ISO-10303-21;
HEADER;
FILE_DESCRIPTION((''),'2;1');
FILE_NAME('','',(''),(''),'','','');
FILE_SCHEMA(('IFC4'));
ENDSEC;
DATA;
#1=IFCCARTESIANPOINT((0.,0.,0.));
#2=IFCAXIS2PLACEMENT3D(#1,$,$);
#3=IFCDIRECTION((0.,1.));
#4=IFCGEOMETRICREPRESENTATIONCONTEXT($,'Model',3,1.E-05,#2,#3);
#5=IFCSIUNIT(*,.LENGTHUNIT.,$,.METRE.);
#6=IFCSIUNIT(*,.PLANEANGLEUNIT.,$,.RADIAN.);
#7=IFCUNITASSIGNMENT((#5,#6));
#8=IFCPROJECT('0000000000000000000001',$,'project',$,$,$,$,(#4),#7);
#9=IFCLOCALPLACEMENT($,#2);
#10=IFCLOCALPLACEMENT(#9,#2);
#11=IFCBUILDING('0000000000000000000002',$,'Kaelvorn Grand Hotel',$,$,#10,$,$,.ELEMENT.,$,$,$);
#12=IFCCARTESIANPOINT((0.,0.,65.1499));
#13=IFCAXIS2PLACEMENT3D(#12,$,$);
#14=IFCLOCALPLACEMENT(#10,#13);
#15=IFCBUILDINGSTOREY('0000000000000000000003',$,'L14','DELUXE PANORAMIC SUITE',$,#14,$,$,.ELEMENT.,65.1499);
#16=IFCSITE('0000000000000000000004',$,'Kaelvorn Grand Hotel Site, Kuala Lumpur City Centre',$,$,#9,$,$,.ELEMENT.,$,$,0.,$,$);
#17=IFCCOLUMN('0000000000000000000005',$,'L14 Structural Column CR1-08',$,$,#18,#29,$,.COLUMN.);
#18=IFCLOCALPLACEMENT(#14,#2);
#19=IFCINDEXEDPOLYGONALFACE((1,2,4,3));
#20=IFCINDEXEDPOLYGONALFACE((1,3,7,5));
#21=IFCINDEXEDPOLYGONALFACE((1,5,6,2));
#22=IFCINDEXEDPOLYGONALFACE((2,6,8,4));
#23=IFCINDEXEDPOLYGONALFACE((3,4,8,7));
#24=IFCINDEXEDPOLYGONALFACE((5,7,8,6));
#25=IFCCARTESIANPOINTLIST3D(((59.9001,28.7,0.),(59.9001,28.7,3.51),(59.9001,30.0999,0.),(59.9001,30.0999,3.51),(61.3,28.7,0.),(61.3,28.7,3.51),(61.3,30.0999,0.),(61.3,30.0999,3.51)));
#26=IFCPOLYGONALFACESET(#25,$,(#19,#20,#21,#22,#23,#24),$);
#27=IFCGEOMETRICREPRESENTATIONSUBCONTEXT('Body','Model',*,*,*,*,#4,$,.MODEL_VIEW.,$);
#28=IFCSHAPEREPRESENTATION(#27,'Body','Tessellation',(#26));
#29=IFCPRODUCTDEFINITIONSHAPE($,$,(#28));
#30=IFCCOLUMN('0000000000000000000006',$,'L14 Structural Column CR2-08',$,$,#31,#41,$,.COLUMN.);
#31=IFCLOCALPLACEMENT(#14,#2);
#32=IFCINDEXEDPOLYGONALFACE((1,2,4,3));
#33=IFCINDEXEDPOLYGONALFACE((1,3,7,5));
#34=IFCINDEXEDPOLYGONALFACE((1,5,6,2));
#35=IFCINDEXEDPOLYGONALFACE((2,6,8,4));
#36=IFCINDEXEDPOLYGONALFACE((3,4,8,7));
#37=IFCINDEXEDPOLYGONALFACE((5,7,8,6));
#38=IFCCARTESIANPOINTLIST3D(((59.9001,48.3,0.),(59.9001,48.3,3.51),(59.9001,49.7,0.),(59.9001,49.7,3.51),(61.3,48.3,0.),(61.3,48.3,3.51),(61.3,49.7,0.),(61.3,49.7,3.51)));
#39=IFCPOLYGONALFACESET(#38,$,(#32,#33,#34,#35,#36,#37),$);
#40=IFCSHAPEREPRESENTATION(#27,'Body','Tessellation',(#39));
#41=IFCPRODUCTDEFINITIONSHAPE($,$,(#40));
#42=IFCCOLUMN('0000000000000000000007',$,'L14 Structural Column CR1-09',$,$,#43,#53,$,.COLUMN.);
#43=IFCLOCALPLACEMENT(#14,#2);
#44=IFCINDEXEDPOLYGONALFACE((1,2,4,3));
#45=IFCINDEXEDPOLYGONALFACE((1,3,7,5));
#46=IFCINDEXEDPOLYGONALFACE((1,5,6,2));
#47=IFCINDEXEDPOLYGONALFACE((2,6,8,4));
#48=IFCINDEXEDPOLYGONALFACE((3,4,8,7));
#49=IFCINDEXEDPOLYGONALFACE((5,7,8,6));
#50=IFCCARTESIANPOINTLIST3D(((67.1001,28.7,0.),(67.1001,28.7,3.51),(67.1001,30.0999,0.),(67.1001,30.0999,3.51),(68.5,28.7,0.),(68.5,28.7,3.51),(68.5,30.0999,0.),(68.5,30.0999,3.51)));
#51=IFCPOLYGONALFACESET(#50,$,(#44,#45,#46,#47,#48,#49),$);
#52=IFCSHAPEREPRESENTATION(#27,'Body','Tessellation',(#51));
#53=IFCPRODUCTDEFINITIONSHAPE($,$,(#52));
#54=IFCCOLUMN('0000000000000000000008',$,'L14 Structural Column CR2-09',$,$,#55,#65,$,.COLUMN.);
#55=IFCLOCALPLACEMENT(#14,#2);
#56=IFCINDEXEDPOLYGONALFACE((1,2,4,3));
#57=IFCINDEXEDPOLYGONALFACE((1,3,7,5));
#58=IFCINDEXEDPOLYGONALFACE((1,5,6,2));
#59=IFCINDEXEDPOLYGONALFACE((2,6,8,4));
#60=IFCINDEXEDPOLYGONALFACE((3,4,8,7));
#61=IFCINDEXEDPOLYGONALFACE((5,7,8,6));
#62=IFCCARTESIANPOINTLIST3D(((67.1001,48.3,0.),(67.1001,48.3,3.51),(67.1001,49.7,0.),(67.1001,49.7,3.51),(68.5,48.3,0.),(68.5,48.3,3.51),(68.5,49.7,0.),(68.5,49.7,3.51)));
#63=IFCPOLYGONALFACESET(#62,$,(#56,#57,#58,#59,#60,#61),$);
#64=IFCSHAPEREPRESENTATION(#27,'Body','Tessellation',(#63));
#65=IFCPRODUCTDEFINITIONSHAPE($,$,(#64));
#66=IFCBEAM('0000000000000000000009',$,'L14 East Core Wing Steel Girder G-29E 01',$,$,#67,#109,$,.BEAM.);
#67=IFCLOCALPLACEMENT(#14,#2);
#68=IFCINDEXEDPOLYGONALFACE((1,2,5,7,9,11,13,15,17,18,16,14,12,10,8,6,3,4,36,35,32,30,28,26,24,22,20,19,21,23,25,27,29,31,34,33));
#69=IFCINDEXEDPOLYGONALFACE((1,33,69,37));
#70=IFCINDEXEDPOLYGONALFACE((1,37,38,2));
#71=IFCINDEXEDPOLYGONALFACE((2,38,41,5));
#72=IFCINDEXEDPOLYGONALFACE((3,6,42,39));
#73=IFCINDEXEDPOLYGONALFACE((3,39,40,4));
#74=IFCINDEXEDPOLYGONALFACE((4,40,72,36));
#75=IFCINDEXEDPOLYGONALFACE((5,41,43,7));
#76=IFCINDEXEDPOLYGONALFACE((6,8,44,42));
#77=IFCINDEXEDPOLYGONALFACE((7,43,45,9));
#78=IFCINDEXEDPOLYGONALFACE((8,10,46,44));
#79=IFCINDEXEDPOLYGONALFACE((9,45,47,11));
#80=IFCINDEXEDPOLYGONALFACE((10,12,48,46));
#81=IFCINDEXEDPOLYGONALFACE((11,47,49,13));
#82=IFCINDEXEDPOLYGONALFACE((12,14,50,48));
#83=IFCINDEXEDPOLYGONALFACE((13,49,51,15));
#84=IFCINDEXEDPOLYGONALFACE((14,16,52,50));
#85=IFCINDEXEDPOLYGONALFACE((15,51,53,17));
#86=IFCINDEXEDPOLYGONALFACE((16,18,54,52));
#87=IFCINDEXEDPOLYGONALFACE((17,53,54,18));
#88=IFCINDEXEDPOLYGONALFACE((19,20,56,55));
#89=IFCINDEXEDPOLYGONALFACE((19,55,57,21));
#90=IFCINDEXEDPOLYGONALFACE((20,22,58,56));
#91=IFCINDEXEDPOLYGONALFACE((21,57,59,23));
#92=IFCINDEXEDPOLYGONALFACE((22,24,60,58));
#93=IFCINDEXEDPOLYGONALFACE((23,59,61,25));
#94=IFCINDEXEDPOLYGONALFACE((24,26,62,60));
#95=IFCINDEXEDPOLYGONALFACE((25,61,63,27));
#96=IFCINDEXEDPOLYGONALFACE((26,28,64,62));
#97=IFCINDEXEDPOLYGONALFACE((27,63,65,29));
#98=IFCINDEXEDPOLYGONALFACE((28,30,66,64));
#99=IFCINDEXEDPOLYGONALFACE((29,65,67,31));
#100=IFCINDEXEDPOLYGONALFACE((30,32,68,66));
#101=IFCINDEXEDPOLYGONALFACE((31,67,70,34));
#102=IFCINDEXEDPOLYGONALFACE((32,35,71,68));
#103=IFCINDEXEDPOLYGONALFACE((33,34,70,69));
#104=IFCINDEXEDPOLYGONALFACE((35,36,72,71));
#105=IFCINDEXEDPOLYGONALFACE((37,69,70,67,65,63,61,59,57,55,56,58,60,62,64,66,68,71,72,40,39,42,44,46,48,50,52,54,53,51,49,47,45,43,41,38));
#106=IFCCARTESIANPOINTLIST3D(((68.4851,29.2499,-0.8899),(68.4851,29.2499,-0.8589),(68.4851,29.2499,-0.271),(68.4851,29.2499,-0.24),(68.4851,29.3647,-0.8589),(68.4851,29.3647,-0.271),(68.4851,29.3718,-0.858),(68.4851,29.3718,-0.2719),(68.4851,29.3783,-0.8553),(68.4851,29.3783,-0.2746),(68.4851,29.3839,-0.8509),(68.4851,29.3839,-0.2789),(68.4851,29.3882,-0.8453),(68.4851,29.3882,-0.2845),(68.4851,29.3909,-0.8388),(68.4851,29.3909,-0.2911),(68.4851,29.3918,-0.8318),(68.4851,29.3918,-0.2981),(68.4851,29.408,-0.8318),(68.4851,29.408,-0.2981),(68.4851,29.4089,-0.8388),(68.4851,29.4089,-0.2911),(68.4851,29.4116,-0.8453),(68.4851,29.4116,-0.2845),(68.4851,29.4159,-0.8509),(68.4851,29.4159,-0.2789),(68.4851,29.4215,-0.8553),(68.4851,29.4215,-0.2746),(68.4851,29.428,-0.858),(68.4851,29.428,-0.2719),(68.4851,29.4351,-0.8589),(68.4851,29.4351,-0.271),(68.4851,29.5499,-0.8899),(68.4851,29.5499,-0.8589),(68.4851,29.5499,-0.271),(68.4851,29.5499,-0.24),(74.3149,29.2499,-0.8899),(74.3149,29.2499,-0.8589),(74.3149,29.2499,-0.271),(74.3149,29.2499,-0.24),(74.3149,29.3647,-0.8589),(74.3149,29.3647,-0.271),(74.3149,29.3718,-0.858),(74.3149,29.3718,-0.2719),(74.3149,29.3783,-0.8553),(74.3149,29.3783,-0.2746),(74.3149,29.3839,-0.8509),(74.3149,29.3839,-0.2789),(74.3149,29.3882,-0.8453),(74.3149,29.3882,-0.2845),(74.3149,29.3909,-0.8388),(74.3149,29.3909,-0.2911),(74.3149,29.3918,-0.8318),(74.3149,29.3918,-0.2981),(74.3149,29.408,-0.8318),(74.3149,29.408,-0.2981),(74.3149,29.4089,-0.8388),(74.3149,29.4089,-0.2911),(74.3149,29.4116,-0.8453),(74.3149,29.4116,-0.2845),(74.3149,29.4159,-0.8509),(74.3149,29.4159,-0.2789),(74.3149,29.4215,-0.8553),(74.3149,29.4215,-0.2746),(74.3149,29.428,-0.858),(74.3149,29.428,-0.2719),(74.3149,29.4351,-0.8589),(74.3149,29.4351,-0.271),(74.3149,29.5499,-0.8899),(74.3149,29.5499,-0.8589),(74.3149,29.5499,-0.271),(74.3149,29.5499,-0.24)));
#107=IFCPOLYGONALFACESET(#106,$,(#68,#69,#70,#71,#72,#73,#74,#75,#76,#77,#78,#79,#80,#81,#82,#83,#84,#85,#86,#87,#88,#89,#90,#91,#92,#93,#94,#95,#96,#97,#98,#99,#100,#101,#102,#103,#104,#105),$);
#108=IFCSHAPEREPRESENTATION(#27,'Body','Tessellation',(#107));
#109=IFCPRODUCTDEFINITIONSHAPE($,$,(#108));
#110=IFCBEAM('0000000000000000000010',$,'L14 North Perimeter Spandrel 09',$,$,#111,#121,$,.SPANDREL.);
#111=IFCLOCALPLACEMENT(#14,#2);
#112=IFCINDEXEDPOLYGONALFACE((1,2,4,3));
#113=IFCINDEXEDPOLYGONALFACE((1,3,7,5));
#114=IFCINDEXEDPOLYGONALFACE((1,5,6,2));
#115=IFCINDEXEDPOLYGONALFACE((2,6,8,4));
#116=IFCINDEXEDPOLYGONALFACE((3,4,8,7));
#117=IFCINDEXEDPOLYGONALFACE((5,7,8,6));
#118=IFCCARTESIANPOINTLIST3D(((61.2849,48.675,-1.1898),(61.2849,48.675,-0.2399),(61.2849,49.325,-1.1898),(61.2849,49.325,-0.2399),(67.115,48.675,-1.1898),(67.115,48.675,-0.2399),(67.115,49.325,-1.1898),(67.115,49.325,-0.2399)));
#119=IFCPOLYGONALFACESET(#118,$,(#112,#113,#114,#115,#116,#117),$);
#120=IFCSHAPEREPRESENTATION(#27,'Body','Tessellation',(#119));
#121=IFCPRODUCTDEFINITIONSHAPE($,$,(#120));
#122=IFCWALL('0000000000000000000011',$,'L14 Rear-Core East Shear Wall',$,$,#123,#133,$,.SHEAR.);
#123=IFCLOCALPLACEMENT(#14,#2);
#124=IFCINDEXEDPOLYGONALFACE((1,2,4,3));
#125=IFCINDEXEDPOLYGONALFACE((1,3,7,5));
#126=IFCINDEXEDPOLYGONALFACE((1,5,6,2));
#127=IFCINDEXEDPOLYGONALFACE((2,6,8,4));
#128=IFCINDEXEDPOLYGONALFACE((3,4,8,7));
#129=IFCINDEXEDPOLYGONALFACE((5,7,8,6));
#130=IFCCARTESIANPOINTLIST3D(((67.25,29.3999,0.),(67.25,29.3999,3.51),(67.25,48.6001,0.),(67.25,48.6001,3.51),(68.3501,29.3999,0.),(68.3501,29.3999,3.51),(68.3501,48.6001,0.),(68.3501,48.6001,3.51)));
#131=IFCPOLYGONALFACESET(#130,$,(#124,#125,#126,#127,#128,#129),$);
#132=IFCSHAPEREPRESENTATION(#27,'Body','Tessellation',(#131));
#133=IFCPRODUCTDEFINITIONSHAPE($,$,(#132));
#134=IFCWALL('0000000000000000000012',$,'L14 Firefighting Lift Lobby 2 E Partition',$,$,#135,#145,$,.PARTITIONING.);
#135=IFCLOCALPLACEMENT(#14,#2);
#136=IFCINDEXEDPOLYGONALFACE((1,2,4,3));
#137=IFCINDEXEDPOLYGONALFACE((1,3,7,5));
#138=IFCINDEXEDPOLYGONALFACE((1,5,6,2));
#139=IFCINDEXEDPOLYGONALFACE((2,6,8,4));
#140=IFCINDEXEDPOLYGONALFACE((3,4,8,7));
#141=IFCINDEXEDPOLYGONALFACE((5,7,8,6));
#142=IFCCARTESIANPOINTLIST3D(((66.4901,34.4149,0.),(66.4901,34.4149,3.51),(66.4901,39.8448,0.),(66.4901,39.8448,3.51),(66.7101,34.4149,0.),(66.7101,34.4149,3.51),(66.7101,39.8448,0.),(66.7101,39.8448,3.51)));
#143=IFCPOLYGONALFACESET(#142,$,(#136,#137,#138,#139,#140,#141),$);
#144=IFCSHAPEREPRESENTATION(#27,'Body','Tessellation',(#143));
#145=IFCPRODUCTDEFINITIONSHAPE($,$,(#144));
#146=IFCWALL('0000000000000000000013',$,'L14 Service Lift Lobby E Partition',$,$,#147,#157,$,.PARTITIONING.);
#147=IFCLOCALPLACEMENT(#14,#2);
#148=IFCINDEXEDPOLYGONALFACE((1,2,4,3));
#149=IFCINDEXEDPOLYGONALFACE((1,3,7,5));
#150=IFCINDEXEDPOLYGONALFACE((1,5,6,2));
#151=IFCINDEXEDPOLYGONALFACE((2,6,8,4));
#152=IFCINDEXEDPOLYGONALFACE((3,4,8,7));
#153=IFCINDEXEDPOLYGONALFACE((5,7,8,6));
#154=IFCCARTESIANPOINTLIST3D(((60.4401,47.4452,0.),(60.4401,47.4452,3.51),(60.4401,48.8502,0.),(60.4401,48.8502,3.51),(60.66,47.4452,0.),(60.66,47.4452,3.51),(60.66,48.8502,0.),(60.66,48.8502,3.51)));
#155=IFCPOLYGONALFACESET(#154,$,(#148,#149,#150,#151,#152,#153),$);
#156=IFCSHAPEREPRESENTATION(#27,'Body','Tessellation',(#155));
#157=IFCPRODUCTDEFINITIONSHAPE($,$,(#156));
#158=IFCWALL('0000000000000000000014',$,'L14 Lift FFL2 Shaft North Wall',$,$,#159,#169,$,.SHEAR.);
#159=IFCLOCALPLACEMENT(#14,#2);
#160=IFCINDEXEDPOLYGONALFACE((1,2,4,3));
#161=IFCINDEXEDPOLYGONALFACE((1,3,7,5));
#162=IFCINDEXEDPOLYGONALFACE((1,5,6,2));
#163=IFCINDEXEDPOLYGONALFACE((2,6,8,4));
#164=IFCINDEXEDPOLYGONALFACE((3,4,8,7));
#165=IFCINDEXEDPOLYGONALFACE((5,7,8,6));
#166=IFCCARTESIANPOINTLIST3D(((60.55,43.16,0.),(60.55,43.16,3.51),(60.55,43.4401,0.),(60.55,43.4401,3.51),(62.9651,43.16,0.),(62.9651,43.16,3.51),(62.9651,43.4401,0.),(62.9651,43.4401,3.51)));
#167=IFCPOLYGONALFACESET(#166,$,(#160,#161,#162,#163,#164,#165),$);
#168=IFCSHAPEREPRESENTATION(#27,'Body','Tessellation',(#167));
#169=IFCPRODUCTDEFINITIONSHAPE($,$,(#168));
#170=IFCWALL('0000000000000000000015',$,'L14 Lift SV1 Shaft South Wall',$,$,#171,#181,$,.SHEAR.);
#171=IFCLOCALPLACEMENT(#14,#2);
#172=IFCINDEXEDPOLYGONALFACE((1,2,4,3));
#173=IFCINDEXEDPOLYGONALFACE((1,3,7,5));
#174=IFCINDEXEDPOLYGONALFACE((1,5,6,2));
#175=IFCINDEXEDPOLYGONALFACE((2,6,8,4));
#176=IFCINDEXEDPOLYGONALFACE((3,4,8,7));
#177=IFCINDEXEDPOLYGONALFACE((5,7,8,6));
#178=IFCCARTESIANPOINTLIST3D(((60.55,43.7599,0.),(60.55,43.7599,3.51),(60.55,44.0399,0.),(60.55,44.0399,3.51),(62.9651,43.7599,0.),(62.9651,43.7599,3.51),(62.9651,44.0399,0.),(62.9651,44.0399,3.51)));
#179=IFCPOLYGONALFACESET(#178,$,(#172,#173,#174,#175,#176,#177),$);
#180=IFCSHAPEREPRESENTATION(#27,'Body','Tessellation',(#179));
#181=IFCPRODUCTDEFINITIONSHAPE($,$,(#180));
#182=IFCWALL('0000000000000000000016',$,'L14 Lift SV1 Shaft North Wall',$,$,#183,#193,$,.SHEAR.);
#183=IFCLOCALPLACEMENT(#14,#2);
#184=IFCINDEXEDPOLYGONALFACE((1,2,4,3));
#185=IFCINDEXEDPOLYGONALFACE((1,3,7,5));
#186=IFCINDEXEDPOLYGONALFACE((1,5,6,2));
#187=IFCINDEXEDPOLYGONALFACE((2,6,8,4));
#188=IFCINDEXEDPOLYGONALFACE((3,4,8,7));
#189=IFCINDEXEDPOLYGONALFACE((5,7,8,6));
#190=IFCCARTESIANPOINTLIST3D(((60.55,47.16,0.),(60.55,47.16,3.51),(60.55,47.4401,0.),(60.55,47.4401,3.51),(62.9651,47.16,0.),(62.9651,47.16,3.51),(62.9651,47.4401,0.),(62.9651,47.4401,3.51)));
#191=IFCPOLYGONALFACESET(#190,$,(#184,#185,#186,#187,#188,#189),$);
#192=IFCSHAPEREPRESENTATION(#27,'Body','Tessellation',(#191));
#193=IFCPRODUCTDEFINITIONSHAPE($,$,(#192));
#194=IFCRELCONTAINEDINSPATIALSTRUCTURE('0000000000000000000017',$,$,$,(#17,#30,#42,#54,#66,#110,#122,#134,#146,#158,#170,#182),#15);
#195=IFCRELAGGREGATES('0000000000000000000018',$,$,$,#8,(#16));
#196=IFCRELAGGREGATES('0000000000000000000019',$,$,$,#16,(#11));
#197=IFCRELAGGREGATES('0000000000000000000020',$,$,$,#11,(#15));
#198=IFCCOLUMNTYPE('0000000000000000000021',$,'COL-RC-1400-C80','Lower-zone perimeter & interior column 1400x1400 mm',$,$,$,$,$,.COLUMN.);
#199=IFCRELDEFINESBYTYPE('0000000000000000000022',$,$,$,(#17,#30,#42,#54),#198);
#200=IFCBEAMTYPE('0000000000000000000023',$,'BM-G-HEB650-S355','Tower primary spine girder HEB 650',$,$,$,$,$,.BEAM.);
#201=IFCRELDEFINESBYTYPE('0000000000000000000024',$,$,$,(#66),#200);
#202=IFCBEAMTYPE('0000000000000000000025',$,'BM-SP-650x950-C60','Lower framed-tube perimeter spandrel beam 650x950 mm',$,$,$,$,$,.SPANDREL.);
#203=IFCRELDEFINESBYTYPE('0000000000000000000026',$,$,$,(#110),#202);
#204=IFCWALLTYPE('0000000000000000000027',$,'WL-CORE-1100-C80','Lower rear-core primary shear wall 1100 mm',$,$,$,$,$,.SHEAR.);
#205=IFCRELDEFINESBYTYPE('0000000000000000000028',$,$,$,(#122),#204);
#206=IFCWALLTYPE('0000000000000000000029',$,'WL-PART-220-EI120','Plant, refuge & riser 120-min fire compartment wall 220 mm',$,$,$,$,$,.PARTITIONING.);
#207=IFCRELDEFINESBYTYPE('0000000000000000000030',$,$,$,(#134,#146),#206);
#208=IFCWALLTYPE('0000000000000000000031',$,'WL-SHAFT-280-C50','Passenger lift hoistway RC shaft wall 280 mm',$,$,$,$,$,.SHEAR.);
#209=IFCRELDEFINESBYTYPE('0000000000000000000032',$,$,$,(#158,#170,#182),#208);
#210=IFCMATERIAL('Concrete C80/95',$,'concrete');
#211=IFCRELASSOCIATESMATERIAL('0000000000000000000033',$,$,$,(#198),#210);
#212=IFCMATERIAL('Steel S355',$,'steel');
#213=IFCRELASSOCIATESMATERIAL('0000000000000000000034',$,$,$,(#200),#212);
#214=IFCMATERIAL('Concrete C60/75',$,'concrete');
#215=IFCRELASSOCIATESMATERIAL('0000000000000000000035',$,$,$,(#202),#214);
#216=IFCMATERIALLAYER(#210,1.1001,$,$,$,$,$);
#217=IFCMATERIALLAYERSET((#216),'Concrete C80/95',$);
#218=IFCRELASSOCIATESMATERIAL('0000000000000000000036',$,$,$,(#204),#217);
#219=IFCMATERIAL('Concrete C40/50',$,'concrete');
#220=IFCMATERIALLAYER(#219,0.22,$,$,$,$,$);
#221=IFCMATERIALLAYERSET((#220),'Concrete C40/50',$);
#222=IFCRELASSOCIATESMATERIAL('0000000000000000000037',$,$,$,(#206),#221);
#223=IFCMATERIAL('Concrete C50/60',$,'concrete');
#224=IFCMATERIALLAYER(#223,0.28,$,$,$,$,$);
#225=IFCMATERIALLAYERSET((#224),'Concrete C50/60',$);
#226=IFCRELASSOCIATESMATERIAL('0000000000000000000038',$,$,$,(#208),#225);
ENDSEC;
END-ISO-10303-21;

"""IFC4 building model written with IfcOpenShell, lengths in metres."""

from ifc_helpers import new_model, si_unit, direction, frame, frame_2d, origin, origin_2d, place, context, subcontext, project, spatial, rectangle, i_section, extrude, material, layer, layer_set, material_profile, profile_set, type_object, element, save


model = new_model("IFC4")

# Units and contexts
model_context = context("Model", 3, precision=1e-05, world=origin(), true_north=direction((0.0, 1.0)))
body_context = subcontext(model_context, "Body", "Model", "MODEL_VIEW")
ifc_project = project(units=[si_unit("LENGTHUNIT", "METRE"), si_unit("PLANEANGLEUNIT", "RADIAN")], contexts=[model_context])

# Site, building, storey
site_placement = place(None, origin())
site = spatial("IfcSite", under=ifc_project, at=site_placement, Name="Kaelvorn Grand Hotel Site, Kuala Lumpur City Centre", CompositionType="ELEMENT", RefElevation=0.0)
building_placement = place(site_placement, origin())
building = spatial("IfcBuilding", under=site, at=building_placement, Name="Kaelvorn Grand Hotel", CompositionType="ELEMENT")
storey_placement = place(building_placement, frame((0.0, 0.0, 65.1499)))
storey = spatial("IfcBuildingStorey", under=building, at=storey_placement, Name="L14", Description="DELUXE PANORAMIC SUITE", CompositionType="ELEMENT", Elevation=65.1499)

# Columns
ifc_material_1 = material(Name="Concrete C80/95", Category="concrete")
ifc_material_profile_1 = material_profile(ifc_material_1, rectangle(XDim=1.3999, YDim=1.3999, at=origin_2d()), Name="RC COL 1400x1400")
ifc_profile_set_1 = profile_set([ifc_material_profile_1], Name="Concrete C80/95")
column_type = type_object("IfcColumnType", Name="COL-RC-1400-C80", Description="Lower-zone perimeter & interior column 1400x1400 mm", PredefinedType="COLUMN", material=ifc_profile_set_1)
for number, where, z_axis, x_axis, name in (
    (1, (60.6001, 29.3999, 0.0), (0.0, 0.0, 1.0), (1.0, 0.0, 0.0), "L14 Structural Column CR1-08"),
    (2, (60.6001, 49.0, 0.0), (0.0, 0.0, 1.0), (1.0, 0.0, 0.0), "L14 Structural Column CR2-08"),
    (3, (67.8, 29.3999, 0.0), (0.0, 0.0, 1.0), (1.0, 0.0, 0.0), "L14 Structural Column CR1-09"),
    (4, (67.8, 49.0, 0.0), (0.0, 0.0, 1.0), (1.0, 0.0, 0.0), "L14 Structural Column CR2-09"),
):
    element("IfcColumn", number, at=place(storey_placement, frame(where, z_axis=z_axis, x_axis=x_axis)), inside=storey, type_object=column_type, Name=name, PredefinedType="COLUMN", context=body_context, shape_type="SweptSolid", body=[
        extrude(rectangle(XDim=1.3999, YDim=1.3999, at=origin_2d()), origin(), (0.0, 0.0, 1.0), 3.51),
    ])

# Beams
ifc_material_2 = material(Name="Steel S355", Category="steel")
ifc_material_profile_2 = material_profile(ifc_material_2, i_section(OverallWidth=0.3, OverallDepth=0.6499, WebThickness=0.0161, FlangeThickness=0.031, FilletRadius=0.0271, at=origin_2d()), Name="HEB 650")
ifc_profile_set_2 = profile_set([ifc_material_profile_2], Name="Steel S355")
beam_type_1 = type_object("IfcBeamType", Name="BM-G-HEB650-S355", Description="Tower primary spine girder HEB 650", PredefinedType="BEAM", material=ifc_profile_set_2)
beam_1_placement = place(storey_placement, frame((68.4851, 29.3999, -0.5649), z_axis=(1.0, 0.0, 0.0), x_axis=(0.0, 1.0, 0.0)))
element("IfcBeam", 5, at=beam_1_placement, inside=storey, type_object=beam_type_1, Name="L14 East Core Wing Steel Girder G-29E 01", PredefinedType="BEAM", context=body_context, shape_type="SweptSolid", body=[
    extrude(i_section(OverallWidth=0.3, OverallDepth=0.6499, WebThickness=0.0161, FlangeThickness=0.031, FilletRadius=0.0271, at=origin_2d()), origin(), (0.0, 0.0, 1.0), 5.8298),
])
ifc_material_3 = material(Name="Concrete C60/75", Category="concrete")
ifc_material_profile_3 = material_profile(ifc_material_3, rectangle(XDim=0.6499, YDim=0.95, at=origin_2d()), Name="RC SPANDREL 650x950")
ifc_profile_set_3 = profile_set([ifc_material_profile_3], Name="Concrete C60/75")
beam_type_2 = type_object("IfcBeamType", Name="BM-SP-650x950-C60", Description="Lower framed-tube perimeter spandrel beam 650x950 mm", PredefinedType="SPANDREL", material=ifc_profile_set_3)
beam_2_placement = place(storey_placement, frame((61.2849, 49.0, -0.7148), z_axis=(1.0, 0.0, 0.0), x_axis=(0.0, 1.0, 0.0)))
element("IfcBeam", 6, at=beam_2_placement, inside=storey, type_object=beam_type_2, Name="L14 North Perimeter Spandrel 09", PredefinedType="SPANDREL", context=body_context, shape_type="SweptSolid", body=[
    extrude(rectangle(XDim=0.6499, YDim=0.95, at=origin_2d()), origin(), (0.0, 0.0, 1.0), 5.8301),
])

# Walls
ifc_layer_1 = layer(ifc_material_1, 1.1001)
ifc_layer_set_1 = layer_set([ifc_layer_1], Name="Concrete C80/95")
wall_type_1 = type_object("IfcWallType", Name="WL-CORE-1100-C80", Description="Lower rear-core primary shear wall 1100 mm", PredefinedType="SHEAR", material=ifc_layer_set_1)
wall_1_placement = place(storey_placement, frame((67.8, 29.3999, 0.0), z_axis=(0.0, 0.0, 1.0), x_axis=(0.0, 1.0, 0.0)))
element("IfcWall", 7, at=wall_1_placement, inside=storey, type_object=wall_type_1, Name="L14 Rear-Core East Shear Wall", PredefinedType="SHEAR", context=body_context, shape_type="SweptSolid", body=[
    extrude(rectangle(XDim=19.2002, YDim=1.1001, at=frame_2d((9.6001, 0.0))), origin(), (0.0, 0.0, 1.0), 3.51),
])
ifc_material_4 = material(Name="Concrete C40/50", Category="concrete")
ifc_layer_2 = layer(ifc_material_4, 0.22)
ifc_layer_set_2 = layer_set([ifc_layer_2], Name="Concrete C40/50")
wall_type_2 = type_object("IfcWallType", Name="WL-PART-220-EI120", Description="Plant, refuge & riser 120-min fire compartment wall 220 mm", PredefinedType="PARTITIONING", material=ifc_layer_set_2)
wall_2_placement = place(storey_placement, frame((66.6001, 34.415, 0.0), z_axis=(0.0, 0.0, 1.0), x_axis=(0.0, 1.0, 0.0)))
element("IfcWall", 8, at=wall_2_placement, inside=storey, type_object=wall_type_2, Name="L14 Firefighting Lift Lobby 2 E Partition", PredefinedType="PARTITIONING", context=body_context, shape_type="SweptSolid", body=[
    extrude(rectangle(XDim=5.4299, YDim=0.22, at=frame_2d((2.7148, 0.0))), origin(), (0.0, 0.0, 1.0), 3.51),
])
wall_3_placement = place(storey_placement, frame((60.55, 47.4451, 0.0), z_axis=(0.0, 0.0, 1.0), x_axis=(0.0, 1.0, 0.0)))
element("IfcWall", 9, at=wall_3_placement, inside=storey, type_object=wall_type_2, Name="L14 Service Lift Lobby E Partition", PredefinedType="PARTITIONING", context=body_context, shape_type="SweptSolid", body=[
    extrude(rectangle(XDim=1.405, YDim=0.22, at=frame_2d((0.7026, 0.0))), origin(), (0.0, 0.0, 1.0), 3.51),
])
ifc_material_5 = material(Name="Concrete C50/60", Category="concrete")
ifc_layer_3 = layer(ifc_material_5, 0.28)
ifc_layer_set_3 = layer_set([ifc_layer_3], Name="Concrete C50/60")
wall_type_3 = type_object("IfcWallType", Name="WL-SHAFT-280-C50", Description="Passenger lift hoistway RC shaft wall 280 mm", PredefinedType="SHEAR", material=ifc_layer_set_3)
for number, where, z_axis, x_axis, name in (
    (10, (60.55, 43.3, 0.0), (0.0, 0.0, 1.0), (1.0, 0.0, 0.0), "L14 Lift FFL2 Shaft North Wall"),
    (11, (60.55, 43.8999, 0.0), (0.0, 0.0, 1.0), (1.0, 0.0, 0.0), "L14 Lift SV1 Shaft South Wall"),
    (12, (60.55, 47.3, 0.0), (0.0, 0.0, 1.0), (1.0, 0.0, 0.0), "L14 Lift SV1 Shaft North Wall"),
):
    element("IfcWall", number, at=place(storey_placement, frame(where, z_axis=z_axis, x_axis=x_axis)), inside=storey, type_object=wall_type_3, Name=name, PredefinedType="SHEAR", context=body_context, shape_type="SweptSolid", body=[
        extrude(rectangle(XDim=2.415, YDim=0.28, at=frame_2d((1.2075, 0.0))), origin(), (0.0, 0.0, 1.0), 3.51),
    ])

save(model, "model.ifc")
